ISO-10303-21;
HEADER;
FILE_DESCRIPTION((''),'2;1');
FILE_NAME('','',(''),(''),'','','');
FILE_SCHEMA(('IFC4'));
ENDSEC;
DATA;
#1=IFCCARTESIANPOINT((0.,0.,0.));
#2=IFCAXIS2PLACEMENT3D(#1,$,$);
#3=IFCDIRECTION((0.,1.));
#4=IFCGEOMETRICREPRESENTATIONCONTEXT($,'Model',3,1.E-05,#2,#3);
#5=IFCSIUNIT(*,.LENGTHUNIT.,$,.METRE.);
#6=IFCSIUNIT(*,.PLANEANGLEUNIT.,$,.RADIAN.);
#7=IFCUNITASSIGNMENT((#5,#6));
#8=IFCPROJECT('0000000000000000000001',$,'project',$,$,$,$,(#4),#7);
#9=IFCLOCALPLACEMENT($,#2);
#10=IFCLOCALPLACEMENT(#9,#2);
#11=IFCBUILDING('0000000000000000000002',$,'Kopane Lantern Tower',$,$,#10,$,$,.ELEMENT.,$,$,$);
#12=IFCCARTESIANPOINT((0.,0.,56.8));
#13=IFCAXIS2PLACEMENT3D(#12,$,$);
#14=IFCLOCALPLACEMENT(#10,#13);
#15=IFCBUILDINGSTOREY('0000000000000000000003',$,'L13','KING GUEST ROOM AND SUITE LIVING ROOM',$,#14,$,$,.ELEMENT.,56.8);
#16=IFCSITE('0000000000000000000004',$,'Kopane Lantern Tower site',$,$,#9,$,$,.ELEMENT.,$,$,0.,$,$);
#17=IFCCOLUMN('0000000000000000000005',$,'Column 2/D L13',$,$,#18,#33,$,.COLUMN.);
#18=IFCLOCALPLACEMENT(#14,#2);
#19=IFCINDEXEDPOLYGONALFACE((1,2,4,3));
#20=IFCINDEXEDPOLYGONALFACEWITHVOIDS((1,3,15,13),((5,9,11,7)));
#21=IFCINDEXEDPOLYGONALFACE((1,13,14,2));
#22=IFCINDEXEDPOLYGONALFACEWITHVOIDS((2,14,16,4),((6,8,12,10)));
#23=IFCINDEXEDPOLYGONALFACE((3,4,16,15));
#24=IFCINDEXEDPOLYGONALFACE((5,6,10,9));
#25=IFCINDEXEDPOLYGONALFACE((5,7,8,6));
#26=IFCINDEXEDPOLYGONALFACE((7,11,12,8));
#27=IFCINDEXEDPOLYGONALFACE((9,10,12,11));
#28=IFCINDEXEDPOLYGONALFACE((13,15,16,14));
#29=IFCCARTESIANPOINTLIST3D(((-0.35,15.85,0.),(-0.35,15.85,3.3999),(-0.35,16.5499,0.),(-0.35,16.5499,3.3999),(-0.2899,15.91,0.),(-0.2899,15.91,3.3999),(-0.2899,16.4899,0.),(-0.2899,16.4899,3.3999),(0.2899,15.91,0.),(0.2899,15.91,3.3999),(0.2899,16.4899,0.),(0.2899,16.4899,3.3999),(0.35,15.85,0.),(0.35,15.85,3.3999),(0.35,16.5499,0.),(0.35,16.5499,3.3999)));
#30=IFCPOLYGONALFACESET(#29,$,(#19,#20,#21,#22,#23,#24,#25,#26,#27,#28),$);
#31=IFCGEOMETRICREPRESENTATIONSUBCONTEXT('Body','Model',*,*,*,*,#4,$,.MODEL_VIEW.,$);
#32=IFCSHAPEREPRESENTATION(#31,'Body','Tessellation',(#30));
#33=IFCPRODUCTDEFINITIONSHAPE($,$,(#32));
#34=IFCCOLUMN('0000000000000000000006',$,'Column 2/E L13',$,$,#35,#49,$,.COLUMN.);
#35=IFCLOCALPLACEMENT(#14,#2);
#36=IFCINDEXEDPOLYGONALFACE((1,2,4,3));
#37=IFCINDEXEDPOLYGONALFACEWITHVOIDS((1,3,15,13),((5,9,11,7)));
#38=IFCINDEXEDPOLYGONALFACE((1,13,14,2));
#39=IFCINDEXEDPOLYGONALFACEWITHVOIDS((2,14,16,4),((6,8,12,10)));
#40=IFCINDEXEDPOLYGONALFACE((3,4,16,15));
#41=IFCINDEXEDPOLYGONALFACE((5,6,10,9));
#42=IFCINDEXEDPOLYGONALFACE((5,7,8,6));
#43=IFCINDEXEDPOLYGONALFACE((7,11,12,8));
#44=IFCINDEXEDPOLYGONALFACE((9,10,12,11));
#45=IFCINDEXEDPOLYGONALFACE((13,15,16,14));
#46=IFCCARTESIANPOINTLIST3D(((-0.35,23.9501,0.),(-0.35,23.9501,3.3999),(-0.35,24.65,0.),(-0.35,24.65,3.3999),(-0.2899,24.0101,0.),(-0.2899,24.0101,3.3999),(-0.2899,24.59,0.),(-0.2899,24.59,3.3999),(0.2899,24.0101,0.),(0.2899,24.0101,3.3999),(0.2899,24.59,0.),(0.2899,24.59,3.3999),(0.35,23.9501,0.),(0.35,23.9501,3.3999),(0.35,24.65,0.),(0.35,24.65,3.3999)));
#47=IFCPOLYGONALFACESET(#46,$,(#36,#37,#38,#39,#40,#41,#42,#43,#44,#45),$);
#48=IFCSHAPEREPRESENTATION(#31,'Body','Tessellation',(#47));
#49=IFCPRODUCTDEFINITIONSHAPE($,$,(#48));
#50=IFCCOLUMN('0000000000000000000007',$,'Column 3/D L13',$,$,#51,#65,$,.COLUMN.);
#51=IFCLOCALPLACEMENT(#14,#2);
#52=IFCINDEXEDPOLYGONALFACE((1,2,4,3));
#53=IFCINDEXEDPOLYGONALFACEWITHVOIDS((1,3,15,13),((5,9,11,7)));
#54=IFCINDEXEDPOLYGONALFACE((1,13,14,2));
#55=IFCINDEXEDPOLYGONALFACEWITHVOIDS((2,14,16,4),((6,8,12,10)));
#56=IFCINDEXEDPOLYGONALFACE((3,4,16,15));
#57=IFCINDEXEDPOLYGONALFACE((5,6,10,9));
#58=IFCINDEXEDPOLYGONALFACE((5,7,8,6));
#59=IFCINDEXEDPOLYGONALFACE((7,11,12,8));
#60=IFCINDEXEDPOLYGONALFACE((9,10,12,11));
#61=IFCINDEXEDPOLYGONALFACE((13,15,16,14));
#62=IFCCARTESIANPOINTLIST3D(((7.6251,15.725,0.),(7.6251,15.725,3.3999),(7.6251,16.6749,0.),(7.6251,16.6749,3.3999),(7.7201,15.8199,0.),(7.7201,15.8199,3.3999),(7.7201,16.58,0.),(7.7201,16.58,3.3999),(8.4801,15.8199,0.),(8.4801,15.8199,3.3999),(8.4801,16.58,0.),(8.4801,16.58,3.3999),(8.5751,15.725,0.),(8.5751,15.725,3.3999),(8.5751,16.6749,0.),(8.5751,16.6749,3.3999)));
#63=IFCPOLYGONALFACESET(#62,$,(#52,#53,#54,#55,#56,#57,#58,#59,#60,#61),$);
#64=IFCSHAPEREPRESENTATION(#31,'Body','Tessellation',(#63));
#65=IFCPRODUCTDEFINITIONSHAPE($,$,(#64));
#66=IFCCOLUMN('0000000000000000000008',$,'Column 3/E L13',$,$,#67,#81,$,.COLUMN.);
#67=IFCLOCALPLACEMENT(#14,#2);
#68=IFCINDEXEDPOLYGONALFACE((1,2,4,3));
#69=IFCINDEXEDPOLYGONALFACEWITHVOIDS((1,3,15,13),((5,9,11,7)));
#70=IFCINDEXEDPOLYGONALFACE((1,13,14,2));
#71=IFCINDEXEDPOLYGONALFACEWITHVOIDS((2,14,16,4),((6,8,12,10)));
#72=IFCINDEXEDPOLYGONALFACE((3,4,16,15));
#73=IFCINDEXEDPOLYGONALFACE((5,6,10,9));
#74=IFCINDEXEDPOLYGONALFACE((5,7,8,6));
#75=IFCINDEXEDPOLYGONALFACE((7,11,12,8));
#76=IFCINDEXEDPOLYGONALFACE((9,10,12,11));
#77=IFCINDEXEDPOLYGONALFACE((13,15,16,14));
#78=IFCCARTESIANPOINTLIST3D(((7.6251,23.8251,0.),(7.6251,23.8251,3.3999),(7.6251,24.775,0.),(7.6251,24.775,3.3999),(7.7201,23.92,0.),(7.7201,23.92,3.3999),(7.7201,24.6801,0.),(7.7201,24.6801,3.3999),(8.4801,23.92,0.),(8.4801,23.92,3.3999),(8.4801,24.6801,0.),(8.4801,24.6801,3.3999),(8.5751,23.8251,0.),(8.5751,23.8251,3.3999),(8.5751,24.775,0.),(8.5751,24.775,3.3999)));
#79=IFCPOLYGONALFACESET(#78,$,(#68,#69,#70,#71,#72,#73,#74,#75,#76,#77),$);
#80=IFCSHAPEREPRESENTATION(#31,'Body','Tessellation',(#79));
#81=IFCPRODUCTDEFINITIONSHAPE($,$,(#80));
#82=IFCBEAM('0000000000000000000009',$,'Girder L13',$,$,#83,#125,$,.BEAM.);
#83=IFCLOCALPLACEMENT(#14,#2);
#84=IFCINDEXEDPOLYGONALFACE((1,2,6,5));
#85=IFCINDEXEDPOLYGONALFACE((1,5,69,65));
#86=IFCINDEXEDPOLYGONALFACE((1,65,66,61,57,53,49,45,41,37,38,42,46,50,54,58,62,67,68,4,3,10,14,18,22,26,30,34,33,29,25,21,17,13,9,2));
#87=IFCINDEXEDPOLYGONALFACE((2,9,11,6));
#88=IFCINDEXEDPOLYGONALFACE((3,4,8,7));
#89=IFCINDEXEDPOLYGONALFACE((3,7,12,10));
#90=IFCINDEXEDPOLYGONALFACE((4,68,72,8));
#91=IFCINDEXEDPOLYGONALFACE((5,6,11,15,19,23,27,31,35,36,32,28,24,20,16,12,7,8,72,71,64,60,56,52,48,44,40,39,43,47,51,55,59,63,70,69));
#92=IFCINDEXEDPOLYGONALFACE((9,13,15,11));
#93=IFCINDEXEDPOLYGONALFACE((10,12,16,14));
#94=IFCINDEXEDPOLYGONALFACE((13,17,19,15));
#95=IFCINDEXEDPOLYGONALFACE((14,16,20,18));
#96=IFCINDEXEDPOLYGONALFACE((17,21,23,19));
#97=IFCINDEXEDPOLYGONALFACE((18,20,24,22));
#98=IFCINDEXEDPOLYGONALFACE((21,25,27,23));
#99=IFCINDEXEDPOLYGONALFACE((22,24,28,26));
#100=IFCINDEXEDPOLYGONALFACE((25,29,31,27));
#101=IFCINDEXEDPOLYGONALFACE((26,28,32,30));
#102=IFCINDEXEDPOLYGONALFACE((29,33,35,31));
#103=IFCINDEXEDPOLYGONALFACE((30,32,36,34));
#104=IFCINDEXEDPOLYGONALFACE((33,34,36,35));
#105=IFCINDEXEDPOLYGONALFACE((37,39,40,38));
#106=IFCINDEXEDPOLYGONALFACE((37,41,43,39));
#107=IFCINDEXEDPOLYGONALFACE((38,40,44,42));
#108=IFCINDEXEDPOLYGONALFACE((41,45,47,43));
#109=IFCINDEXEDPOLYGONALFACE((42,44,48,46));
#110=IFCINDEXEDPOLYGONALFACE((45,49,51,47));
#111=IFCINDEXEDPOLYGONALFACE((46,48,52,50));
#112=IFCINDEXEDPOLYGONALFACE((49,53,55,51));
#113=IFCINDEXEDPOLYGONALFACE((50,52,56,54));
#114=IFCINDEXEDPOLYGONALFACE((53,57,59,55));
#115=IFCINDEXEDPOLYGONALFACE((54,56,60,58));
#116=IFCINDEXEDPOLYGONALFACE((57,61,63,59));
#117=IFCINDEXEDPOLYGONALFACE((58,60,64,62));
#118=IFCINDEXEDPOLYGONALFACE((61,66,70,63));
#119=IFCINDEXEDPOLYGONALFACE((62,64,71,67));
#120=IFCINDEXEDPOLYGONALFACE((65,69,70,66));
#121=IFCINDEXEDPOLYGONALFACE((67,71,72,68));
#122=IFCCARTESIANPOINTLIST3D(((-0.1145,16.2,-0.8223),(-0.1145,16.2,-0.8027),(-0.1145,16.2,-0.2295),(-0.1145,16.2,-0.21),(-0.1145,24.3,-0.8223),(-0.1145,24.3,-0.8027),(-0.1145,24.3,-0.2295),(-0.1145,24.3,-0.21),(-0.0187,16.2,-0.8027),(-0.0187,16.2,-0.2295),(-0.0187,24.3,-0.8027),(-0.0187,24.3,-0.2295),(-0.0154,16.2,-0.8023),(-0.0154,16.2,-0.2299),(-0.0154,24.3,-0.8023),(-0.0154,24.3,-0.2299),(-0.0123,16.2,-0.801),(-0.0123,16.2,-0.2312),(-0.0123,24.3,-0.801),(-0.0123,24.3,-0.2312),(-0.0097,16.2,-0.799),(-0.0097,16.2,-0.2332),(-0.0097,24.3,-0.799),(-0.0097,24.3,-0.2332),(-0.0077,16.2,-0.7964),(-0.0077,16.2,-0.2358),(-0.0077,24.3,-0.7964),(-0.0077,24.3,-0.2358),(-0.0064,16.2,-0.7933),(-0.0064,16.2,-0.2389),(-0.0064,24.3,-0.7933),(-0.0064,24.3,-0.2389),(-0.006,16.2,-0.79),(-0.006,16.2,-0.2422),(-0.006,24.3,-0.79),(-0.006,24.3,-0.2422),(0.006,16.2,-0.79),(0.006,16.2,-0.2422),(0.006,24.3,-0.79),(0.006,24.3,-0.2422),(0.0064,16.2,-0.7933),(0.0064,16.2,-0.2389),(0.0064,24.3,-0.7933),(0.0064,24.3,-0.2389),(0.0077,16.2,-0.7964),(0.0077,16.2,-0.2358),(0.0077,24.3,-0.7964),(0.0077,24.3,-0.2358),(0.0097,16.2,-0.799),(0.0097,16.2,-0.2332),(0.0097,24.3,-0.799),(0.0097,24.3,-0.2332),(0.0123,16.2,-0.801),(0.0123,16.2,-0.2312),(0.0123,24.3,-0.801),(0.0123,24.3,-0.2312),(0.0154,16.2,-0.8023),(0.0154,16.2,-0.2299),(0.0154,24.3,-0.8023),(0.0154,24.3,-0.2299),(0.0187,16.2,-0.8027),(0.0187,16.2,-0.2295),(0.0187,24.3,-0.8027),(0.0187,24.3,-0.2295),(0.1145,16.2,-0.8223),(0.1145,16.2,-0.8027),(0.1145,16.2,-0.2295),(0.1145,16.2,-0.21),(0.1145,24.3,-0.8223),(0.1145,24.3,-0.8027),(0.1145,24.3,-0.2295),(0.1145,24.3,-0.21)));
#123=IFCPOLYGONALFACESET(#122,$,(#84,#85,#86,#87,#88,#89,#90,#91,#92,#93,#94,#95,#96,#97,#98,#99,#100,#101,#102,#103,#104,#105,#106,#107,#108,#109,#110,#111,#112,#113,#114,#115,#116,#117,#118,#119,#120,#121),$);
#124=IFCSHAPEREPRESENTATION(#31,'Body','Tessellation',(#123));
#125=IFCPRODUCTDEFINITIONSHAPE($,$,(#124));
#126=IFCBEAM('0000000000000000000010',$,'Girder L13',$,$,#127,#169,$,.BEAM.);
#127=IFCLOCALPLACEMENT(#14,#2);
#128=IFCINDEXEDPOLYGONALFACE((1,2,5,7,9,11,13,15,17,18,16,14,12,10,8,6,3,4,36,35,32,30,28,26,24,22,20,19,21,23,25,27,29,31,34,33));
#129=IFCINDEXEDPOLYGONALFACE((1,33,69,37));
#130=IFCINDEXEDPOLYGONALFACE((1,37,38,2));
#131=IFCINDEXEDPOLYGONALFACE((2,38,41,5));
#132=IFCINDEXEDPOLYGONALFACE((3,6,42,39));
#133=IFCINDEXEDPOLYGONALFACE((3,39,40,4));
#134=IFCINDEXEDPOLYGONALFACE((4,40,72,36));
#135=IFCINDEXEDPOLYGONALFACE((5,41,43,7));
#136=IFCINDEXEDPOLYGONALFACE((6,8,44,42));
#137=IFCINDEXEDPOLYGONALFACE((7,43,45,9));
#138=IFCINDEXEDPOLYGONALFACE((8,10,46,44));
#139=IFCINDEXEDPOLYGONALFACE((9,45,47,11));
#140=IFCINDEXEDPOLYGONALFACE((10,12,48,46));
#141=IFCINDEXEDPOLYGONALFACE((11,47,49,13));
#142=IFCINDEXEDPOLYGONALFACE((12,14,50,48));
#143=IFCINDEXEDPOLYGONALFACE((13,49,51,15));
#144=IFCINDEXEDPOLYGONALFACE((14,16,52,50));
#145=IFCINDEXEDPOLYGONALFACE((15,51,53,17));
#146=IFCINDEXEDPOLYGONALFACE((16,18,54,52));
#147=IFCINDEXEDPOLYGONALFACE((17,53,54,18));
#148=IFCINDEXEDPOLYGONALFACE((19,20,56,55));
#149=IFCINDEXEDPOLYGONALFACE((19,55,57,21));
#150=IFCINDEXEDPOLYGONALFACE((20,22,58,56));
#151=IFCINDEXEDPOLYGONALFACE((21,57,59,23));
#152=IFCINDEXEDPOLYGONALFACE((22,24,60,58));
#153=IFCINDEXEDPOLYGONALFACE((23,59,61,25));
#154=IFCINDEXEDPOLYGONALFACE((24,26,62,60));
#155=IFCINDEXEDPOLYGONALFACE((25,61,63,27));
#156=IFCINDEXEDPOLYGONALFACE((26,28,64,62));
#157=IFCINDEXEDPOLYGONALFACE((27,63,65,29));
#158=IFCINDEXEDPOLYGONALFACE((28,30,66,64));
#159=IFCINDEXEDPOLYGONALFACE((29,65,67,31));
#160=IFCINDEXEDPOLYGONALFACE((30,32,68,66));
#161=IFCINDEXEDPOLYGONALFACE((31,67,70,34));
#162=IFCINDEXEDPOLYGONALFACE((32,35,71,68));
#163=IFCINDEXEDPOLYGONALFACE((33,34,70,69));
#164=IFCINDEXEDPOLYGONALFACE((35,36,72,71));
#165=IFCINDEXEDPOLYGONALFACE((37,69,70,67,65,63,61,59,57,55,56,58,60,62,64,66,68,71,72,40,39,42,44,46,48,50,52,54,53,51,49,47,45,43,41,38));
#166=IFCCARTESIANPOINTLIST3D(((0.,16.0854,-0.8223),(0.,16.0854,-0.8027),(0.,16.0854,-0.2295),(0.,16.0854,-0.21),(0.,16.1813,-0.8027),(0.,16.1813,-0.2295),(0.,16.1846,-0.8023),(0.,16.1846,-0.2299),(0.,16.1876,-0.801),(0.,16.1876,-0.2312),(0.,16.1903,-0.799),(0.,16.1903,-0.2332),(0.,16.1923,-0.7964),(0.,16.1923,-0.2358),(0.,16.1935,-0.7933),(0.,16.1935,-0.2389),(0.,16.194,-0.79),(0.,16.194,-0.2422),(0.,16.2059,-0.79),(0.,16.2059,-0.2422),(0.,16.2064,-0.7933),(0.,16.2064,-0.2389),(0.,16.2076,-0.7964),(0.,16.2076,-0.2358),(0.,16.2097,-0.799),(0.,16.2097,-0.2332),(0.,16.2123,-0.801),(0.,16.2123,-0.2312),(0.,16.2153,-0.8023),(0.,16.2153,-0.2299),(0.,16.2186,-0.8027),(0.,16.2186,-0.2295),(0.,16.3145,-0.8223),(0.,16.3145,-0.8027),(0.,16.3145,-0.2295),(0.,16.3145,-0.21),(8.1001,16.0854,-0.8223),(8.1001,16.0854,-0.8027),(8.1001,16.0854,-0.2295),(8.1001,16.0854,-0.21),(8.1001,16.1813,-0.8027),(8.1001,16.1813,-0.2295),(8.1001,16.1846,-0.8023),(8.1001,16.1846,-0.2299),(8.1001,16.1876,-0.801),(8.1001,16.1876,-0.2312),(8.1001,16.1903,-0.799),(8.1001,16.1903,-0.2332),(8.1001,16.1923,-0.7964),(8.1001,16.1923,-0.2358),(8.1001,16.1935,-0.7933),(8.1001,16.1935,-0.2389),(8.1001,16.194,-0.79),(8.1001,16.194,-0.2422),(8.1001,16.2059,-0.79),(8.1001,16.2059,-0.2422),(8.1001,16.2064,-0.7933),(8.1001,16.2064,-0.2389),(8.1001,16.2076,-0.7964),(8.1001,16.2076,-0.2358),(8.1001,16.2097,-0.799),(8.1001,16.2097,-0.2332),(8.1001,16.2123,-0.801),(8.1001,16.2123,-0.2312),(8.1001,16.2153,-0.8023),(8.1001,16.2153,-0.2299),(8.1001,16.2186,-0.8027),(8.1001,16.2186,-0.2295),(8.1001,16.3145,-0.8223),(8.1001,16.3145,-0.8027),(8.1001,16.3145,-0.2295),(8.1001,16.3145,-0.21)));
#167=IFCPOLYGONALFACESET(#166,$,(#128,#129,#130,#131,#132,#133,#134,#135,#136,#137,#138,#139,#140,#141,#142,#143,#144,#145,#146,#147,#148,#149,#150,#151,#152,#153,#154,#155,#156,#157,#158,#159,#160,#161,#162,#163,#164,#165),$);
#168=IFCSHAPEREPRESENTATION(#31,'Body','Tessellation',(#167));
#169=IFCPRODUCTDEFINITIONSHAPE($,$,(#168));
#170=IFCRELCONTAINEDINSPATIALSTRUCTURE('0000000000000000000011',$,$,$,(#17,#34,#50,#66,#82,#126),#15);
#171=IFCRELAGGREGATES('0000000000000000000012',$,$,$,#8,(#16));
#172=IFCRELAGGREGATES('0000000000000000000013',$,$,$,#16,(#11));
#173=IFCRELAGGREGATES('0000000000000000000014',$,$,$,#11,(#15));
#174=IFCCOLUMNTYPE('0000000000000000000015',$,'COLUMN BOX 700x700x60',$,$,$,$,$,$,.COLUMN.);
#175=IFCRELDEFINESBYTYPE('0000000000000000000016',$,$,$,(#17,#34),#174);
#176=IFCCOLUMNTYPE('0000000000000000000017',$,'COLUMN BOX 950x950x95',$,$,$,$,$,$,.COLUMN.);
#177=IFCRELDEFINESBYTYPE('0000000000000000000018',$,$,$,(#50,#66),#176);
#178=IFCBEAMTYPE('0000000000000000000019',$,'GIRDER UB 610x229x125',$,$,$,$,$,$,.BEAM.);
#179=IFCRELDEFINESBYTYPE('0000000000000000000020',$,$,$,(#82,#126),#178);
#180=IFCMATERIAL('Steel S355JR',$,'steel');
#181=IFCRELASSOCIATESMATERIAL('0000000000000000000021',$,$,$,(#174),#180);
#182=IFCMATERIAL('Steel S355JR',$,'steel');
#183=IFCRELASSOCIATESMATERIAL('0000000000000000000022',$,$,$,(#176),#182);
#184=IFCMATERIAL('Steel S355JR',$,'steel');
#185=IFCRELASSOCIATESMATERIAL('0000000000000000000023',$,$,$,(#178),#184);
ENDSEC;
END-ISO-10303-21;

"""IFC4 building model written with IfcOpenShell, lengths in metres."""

from ifc_helpers import new_model, si_unit, direction, frame, origin, origin_2d, place, context, subcontext, project, spatial, hollow_rectangle, i_section, extrude, material, material_profile, profile_set, type_object, element, save


model = new_model("IFC4")

# Units and contexts
model_context = context("Model", 3, precision=1e-05, world=origin(), true_north=direction((0.0, 1.0)))
body_context = subcontext(model_context, "Body", "Model", "MODEL_VIEW")
ifc_project = project(units=[si_unit("LENGTHUNIT", "METRE"), si_unit("PLANEANGLEUNIT", "RADIAN")], contexts=[model_context])

# Site, building, storey
site_placement = place(None, origin())
site = spatial("IfcSite", under=ifc_project, at=site_placement, Name="Kopane Lantern Tower site", CompositionType="ELEMENT", RefElevation=0.0)
building_placement = place(site_placement, origin())
building = spatial("IfcBuilding", under=site, at=building_placement, Name="Kopane Lantern Tower", CompositionType="ELEMENT")
storey_placement = place(building_placement, frame((0.0, 0.0, 56.8)))
storey = spatial("IfcBuildingStorey", under=building, at=storey_placement, Name="L13", Description="KING GUEST ROOM AND SUITE LIVING ROOM", CompositionType="ELEMENT", Elevation=56.8)

# Columns
ifc_material_1 = material(Name="Steel S355JR", Category="steel")
ifc_material_profile_1 = material_profile(ifc_material_1, hollow_rectangle(XDim=0.7, YDim=0.7, WallThickness=0.0601, at=origin_2d()), Name="BOX 700x700x60")
ifc_profile_set_1 = profile_set([ifc_material_profile_1], Name="Steel S355JR")
column_type_1 = type_object("IfcColumnType", Name="COLUMN BOX 700x700x60", PredefinedType="COLUMN", material=ifc_profile_set_1)
for number, where, z_axis, x_axis, name in (
    (1, (0.0, 16.2, 0.0), (0.0, 0.0, 1.0), (1.0, 0.0, 0.0), "Column 2/D L13"),
    (2, (0.0, 24.3, 0.0), (0.0, 0.0, 1.0), (1.0, 0.0, 0.0), "Column 2/E L13"),
):
    element("IfcColumn", number, at=place(storey_placement, frame(where, z_axis=z_axis, x_axis=x_axis)), inside=storey, type_object=column_type_1, Name=name, PredefinedType="COLUMN", context=body_context, shape_type="SweptSolid", body=[
        extrude(hollow_rectangle(XDim=0.7, YDim=0.7, WallThickness=0.0601, at=origin_2d()), origin(), (0.0, 0.0, 1.0), 3.3999),
    ])
ifc_material_2 = material(Name="Steel S355JR", Category="steel")
ifc_material_profile_2 = material_profile(ifc_material_2, hollow_rectangle(XDim=0.95, YDim=0.95, WallThickness=0.095, at=origin_2d()), Name="BOX 950x950x95")
ifc_profile_set_2 = profile_set([ifc_material_profile_2], Name="Steel S355JR")
column_type_2 = type_object("IfcColumnType", Name="COLUMN BOX 950x950x95", PredefinedType="COLUMN", material=ifc_profile_set_2)
for number, where, z_axis, x_axis, name in (
    (3, (8.1001, 16.2, 0.0), (0.0, 0.0, 1.0), (1.0, 0.0, 0.0), "Column 3/D L13"),
    (4, (8.1001, 24.3, 0.0), (0.0, 0.0, 1.0), (1.0, 0.0, 0.0), "Column 3/E L13"),
):
    element("IfcColumn", number, at=place(storey_placement, frame(where, z_axis=z_axis, x_axis=x_axis)), inside=storey, type_object=column_type_2, Name=name, PredefinedType="COLUMN", context=body_context, shape_type="SweptSolid", body=[
        extrude(hollow_rectangle(XDim=0.95, YDim=0.95, WallThickness=0.095, at=origin_2d()), origin(), (0.0, 0.0, 1.0), 3.3999),
    ])

# Beams
ifc_material_3 = material(Name="Steel S355JR", Category="steel")
ifc_material_profile_3 = material_profile(ifc_material_3, i_section(OverallWidth=0.229, OverallDepth=0.6123, WebThickness=0.012, FlangeThickness=0.0195, FilletRadius=0.0127, at=origin_2d()), Name="UB 610x229x125")
ifc_profile_set_3 = profile_set([ifc_material_profile_3], Name="Steel S355JR")
beam_type = type_object("IfcBeamType", Name="GIRDER UB 610x229x125", PredefinedType="BEAM", material=ifc_profile_set_3)
for number, where, z_axis, x_axis, name in (
    (5, (0.0, 16.2, -0.5161), (0.0, 1.0, 0.0), (-1.0, 0.0, 0.0), "Girder L13"),
    (6, (0.0, 16.2, -0.5161), (1.0, 0.0, 0.0), (0.0, 1.0, 0.0), "Girder L13"),
):
    element("IfcBeam", number, at=place(storey_placement, frame(where, z_axis=z_axis, x_axis=x_axis)), inside=storey, type_object=beam_type, Name=name, PredefinedType="BEAM", context=body_context, shape_type="SweptSolid", body=[
        extrude(i_section(OverallWidth=0.229, OverallDepth=0.6123, WebThickness=0.012, FlangeThickness=0.0195, FilletRadius=0.0127, at=origin_2d()), origin(), (0.0, 0.0, 1.0), 8.1001),
    ])

save(model, "model.ifc")
